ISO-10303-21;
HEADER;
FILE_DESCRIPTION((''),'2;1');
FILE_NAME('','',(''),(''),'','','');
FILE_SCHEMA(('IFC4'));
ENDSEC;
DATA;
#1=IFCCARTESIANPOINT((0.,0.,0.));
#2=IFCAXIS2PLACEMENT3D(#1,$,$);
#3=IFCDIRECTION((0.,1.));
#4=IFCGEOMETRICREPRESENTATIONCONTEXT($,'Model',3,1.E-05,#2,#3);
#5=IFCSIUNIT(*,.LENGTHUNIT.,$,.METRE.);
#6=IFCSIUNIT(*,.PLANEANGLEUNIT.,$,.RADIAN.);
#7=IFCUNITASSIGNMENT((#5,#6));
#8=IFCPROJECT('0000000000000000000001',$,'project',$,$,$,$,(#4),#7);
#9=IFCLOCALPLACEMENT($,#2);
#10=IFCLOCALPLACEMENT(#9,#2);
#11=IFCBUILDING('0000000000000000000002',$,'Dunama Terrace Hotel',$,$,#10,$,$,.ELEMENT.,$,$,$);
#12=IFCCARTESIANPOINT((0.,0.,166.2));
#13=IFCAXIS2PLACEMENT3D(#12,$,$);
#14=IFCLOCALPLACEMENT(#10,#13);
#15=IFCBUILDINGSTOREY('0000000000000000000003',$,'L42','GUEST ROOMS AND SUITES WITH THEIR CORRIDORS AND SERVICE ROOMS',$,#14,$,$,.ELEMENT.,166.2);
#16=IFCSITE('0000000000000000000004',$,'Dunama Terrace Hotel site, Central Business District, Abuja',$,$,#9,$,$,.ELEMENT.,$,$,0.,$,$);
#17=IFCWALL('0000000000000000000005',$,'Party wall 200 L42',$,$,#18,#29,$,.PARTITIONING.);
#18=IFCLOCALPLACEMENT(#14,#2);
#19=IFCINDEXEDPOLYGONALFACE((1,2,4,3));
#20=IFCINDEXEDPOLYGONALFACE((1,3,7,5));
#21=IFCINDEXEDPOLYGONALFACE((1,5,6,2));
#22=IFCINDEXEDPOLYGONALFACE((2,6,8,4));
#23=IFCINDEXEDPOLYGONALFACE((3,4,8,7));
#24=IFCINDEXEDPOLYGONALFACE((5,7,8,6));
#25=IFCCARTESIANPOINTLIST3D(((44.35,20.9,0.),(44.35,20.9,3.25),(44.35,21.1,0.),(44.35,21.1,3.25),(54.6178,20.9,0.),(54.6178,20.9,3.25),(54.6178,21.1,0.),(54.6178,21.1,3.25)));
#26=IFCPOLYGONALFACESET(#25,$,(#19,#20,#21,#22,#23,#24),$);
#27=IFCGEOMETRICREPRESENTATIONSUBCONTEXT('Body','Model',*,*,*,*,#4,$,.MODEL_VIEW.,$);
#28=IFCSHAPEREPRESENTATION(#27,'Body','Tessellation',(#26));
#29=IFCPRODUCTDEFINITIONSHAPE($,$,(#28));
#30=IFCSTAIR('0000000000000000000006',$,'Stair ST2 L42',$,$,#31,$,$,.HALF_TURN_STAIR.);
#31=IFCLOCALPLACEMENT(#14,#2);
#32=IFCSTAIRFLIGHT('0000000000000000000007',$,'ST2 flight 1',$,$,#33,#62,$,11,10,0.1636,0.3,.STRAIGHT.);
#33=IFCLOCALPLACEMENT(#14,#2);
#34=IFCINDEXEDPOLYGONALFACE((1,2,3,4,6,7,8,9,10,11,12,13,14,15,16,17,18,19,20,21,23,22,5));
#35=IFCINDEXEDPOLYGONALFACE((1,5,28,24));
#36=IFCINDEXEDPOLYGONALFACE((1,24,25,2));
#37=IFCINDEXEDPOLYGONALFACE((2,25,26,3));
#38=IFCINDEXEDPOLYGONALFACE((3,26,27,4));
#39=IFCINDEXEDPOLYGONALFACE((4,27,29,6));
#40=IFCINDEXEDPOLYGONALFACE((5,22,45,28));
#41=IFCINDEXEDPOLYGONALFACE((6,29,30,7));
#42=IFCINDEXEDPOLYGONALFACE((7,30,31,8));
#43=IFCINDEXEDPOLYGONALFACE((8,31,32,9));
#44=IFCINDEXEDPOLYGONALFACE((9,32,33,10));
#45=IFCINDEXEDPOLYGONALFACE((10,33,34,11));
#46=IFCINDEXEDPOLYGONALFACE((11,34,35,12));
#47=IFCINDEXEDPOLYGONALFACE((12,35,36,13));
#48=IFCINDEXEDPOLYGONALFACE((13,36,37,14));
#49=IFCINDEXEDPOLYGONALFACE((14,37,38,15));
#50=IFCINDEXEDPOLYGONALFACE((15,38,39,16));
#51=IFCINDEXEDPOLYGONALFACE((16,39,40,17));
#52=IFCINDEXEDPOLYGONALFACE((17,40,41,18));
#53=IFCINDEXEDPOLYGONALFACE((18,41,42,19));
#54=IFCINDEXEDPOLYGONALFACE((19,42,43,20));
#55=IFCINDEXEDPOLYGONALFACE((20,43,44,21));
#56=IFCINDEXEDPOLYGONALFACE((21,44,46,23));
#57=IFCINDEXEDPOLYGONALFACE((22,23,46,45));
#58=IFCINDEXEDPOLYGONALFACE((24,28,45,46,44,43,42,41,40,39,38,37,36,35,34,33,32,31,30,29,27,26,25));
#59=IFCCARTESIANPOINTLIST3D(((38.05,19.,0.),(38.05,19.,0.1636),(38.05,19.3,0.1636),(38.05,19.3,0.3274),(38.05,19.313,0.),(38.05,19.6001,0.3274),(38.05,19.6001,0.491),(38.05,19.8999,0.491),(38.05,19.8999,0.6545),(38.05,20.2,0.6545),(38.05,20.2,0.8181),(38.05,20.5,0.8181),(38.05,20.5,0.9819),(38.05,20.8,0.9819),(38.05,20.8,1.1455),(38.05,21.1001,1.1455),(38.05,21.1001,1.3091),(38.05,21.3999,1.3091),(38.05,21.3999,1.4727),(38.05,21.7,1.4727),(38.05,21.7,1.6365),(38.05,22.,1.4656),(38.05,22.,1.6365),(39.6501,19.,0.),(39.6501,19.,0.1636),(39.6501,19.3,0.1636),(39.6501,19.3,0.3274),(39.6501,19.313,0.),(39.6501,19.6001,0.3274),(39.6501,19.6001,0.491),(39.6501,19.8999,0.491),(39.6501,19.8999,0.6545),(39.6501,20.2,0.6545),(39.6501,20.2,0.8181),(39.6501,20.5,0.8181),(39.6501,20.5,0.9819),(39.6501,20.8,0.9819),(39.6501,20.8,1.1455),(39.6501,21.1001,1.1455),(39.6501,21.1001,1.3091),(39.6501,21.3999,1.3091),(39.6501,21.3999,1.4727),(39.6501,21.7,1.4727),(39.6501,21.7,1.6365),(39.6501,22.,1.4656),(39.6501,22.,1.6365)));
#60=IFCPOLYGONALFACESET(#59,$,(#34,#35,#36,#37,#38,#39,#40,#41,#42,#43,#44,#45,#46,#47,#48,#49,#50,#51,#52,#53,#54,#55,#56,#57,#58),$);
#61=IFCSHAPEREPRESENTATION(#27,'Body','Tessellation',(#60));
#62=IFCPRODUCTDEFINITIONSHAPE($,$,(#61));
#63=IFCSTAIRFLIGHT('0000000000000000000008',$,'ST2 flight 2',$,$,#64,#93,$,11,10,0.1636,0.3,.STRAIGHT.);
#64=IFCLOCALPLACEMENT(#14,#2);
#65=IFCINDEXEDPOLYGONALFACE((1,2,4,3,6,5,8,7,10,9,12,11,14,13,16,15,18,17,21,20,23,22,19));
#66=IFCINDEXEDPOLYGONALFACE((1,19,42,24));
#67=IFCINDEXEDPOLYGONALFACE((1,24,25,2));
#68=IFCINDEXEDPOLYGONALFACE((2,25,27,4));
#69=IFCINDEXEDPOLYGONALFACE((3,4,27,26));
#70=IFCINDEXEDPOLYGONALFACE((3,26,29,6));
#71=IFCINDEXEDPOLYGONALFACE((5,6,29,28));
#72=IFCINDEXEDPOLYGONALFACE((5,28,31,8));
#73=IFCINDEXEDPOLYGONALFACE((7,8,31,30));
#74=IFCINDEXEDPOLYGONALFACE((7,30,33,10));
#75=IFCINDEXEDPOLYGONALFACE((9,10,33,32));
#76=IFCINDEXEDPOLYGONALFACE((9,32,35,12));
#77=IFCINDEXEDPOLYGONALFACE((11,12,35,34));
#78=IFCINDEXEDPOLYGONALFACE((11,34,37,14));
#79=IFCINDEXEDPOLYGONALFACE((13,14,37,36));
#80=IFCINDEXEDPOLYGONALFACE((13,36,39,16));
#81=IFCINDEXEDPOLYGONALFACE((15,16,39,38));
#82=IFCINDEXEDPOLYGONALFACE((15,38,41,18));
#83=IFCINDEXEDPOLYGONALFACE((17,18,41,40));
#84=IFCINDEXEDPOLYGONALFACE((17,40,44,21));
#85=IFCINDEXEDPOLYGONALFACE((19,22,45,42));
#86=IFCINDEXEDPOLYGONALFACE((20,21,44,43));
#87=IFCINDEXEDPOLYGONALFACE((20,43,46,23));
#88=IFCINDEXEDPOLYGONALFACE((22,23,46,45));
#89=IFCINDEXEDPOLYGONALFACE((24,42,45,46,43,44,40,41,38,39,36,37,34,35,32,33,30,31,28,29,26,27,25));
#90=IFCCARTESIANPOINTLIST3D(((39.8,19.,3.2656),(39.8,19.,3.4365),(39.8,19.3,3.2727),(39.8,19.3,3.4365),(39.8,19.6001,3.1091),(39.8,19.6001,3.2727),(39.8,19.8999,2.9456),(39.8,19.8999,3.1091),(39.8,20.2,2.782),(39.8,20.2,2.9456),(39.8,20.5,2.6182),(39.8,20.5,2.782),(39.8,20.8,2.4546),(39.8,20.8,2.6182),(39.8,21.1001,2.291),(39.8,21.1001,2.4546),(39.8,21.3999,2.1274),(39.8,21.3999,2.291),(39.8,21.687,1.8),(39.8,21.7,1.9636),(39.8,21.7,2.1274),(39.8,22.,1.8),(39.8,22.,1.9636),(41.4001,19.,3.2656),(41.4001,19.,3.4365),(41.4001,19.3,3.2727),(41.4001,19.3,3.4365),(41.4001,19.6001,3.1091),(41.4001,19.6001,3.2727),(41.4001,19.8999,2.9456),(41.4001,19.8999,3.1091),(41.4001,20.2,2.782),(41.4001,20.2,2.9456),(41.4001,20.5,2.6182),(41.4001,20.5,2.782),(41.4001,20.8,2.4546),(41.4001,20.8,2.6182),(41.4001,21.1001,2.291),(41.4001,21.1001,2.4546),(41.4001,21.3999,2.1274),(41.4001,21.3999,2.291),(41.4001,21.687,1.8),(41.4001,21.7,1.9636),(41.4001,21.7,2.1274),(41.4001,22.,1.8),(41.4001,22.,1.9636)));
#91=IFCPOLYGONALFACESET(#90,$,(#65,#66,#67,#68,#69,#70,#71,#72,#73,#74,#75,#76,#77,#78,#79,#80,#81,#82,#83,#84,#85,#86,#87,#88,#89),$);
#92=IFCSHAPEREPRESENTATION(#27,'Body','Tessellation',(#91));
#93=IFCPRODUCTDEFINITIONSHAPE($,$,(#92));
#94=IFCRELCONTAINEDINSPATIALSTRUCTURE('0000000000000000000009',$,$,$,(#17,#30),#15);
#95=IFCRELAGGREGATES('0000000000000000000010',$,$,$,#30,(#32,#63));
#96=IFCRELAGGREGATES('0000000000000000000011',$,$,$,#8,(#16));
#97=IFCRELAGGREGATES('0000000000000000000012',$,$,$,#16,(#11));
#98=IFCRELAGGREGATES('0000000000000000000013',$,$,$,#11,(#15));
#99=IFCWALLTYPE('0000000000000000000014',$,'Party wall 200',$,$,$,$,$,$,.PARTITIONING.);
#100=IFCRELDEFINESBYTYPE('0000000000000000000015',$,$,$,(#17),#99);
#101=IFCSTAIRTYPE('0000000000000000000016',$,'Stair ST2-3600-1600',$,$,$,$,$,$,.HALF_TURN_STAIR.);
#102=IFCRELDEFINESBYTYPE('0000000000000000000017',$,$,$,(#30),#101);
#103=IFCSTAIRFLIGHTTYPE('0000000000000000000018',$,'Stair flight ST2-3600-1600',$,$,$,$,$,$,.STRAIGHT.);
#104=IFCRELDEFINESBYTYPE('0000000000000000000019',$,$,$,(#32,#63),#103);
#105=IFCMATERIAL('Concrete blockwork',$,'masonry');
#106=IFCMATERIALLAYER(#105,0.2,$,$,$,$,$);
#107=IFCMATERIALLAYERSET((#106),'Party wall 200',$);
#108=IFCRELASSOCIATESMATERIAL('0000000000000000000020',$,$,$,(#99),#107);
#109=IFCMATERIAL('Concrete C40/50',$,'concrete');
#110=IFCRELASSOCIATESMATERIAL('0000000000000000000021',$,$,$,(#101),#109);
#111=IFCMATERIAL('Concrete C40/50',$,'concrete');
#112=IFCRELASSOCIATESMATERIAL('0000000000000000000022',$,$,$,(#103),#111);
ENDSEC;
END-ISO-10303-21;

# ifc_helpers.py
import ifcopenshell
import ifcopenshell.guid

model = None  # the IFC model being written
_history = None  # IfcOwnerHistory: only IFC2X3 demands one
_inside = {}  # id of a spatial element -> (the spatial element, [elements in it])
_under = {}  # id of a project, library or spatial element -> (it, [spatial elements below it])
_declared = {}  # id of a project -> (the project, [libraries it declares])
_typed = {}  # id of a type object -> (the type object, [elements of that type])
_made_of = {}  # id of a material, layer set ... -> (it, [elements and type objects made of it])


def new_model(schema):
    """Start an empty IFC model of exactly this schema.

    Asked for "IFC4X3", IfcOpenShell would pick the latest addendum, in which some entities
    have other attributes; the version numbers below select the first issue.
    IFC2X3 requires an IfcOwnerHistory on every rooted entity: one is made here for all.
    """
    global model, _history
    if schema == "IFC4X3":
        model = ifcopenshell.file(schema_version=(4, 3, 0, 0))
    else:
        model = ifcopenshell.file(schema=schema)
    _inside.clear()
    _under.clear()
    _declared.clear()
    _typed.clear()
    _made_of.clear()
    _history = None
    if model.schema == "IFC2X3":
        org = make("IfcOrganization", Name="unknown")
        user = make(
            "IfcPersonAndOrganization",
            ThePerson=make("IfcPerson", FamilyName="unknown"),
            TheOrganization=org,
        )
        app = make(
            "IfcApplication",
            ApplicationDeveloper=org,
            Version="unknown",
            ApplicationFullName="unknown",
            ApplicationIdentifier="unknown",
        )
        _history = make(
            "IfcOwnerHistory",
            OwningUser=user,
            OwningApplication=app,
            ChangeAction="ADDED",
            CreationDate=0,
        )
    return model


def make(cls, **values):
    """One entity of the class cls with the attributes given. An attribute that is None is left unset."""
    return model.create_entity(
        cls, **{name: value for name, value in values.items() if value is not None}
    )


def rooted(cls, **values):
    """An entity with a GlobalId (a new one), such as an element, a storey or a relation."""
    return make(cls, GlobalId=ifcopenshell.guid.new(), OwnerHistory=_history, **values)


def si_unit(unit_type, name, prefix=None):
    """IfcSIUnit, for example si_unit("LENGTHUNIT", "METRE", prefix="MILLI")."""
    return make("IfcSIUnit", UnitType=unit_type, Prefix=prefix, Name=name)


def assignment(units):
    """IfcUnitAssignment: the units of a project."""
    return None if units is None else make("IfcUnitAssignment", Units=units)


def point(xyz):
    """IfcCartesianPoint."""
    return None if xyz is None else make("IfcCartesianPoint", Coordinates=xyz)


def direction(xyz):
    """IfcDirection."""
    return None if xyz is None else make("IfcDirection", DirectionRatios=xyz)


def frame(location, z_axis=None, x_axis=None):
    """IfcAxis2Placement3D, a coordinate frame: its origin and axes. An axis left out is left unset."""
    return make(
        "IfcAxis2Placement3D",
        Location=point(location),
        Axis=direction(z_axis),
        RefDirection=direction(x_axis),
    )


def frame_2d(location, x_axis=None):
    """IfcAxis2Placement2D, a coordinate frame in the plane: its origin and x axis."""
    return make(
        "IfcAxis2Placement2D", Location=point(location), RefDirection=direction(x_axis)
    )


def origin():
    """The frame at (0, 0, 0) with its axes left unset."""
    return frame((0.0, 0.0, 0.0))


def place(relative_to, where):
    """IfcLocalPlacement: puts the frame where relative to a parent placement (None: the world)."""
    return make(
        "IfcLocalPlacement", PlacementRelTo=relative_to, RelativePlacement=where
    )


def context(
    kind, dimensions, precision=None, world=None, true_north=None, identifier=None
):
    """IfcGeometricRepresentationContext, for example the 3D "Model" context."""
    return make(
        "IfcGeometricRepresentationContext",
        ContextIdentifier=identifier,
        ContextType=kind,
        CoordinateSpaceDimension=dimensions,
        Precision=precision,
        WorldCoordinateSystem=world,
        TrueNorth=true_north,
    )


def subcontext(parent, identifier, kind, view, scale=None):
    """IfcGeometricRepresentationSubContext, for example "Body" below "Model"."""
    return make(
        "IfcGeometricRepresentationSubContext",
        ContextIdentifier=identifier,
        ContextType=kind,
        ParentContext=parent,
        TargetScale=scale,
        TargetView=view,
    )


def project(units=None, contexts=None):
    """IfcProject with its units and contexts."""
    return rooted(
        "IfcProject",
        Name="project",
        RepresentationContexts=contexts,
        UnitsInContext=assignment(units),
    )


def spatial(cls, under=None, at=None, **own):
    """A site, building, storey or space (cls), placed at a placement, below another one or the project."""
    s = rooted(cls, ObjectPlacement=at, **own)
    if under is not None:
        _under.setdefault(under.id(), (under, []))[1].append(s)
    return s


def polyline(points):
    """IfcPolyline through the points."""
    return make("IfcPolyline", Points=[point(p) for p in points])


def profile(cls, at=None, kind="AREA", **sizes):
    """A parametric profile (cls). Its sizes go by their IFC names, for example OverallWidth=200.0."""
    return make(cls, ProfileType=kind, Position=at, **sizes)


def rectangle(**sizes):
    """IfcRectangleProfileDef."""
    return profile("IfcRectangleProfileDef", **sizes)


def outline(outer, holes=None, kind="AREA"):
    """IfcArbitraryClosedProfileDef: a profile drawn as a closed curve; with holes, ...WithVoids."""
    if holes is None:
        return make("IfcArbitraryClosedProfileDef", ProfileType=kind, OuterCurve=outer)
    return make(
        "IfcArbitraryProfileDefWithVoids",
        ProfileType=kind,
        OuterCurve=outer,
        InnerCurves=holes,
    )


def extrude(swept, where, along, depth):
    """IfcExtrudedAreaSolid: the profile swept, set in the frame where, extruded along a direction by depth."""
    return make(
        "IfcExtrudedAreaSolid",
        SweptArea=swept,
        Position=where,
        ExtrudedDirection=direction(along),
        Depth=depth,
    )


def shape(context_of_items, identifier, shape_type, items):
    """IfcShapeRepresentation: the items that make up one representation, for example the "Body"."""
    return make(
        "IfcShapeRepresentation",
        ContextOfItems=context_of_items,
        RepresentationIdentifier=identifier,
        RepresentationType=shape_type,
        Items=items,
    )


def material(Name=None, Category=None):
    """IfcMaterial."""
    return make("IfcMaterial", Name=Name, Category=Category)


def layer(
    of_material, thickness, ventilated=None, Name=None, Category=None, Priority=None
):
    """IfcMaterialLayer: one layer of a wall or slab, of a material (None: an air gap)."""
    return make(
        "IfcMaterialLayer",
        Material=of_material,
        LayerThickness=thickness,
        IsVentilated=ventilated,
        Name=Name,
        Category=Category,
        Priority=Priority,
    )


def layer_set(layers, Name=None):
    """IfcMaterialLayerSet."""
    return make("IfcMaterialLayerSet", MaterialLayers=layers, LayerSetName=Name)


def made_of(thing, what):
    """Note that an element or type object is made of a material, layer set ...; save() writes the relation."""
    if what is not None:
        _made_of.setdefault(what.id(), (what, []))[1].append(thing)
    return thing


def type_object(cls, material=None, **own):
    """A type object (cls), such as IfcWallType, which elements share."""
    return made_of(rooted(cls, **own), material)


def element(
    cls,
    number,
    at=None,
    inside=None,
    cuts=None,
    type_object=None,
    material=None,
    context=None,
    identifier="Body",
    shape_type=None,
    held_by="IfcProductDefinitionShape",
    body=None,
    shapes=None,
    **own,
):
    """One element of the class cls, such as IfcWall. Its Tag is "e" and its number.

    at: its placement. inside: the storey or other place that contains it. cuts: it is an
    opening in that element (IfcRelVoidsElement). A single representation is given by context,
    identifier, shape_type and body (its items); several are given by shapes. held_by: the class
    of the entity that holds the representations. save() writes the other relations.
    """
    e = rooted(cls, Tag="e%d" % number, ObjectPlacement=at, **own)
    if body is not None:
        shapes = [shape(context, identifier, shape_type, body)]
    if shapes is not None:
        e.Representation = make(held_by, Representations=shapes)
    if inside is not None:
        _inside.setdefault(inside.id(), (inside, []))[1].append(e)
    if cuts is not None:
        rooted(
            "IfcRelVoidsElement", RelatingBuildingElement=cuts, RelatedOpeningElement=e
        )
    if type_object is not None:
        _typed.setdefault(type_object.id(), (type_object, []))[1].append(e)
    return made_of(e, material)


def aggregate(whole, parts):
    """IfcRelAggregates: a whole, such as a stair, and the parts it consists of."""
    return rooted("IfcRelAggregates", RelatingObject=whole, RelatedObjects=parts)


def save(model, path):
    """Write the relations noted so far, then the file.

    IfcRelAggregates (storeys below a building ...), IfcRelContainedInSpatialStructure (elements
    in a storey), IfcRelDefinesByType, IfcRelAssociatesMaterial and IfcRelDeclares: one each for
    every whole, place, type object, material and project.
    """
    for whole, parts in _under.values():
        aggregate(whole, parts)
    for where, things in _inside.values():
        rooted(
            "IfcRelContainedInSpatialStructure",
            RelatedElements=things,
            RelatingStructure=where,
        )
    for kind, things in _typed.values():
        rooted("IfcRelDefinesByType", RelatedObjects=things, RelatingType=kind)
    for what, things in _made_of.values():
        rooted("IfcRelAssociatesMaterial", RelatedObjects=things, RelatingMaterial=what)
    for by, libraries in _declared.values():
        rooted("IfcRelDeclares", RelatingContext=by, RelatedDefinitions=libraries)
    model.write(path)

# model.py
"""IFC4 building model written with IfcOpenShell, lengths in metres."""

from ifc_helpers import new_model, si_unit, direction, frame, frame_2d, origin, place, context, subcontext, project, spatial, polyline, rectangle, outline, extrude, material, layer, layer_set, type_object, element, aggregate, save


model = new_model("IFC4")

# Units and contexts
model_context = context("Model", 3, precision=1e-05, world=origin(), true_north=direction((0.0, 1.0)))
body_context = subcontext(model_context, "Body", "Model", "MODEL_VIEW")
ifc_project = project(units=[si_unit("LENGTHUNIT", "METRE"), si_unit("PLANEANGLEUNIT", "RADIAN")], contexts=[model_context])

# Site, building, storey
site_placement = place(None, origin())
site = spatial("IfcSite", under=ifc_project, at=site_placement, Name="Dunama Terrace Hotel site, Central Business District, Abuja", CompositionType="ELEMENT", RefElevation=0.0)
building_placement = place(site_placement, origin())
building = spatial("IfcBuilding", under=site, at=building_placement, Name="Dunama Terrace Hotel", CompositionType="ELEMENT")
storey_placement = place(building_placement, frame((0.0, 0.0, 166.2)))
storey = spatial("IfcBuildingStorey", under=building, at=storey_placement, Name="L42", Description="GUEST ROOMS AND SUITES WITH THEIR CORRIDORS AND SERVICE ROOMS", CompositionType="ELEMENT", Elevation=166.2)

# Wall
ifc_material_1 = material(Name="Concrete blockwork", Category="masonry")
ifc_layer_1 = layer(ifc_material_1, 0.2)
ifc_layer_set_1 = layer_set([ifc_layer_1], Name="Party wall 200")
wall_type_1 = type_object("IfcWallType", Name="Party wall 200", PredefinedType="PARTITIONING", material=ifc_layer_set_1)
for number, where, z_axis, x_axis, name in (
    (1, (44.3501, 21.0, 0.0), (0.0, 0.0, 1.0), (1.0, 0.0, 0.0), "Party wall 200 L42"),
):
    element("IfcWall", number, at=place(storey_placement, frame(where, z_axis=z_axis, x_axis=x_axis)), inside=storey, type_object=wall_type_1, Name=name, PredefinedType="PARTITIONING", context=body_context, shape_type="SweptSolid", body=[
        extrude(rectangle(XDim=10.2678, YDim=0.2, at=frame_2d((5.1338, 0.0))), origin(), (0.0, 0.0, 1.0), 3.25),
    ])

# Stair, stair flights
ifc_material_2 = material(Name="Concrete C40/50", Category="concrete")
stair_type = type_object("IfcStairType", Name="Stair ST2-3600-1600", PredefinedType="HALF_TURN_STAIR", material=ifc_material_2)
stair_placement = place(storey_placement, origin())
stair = element("IfcStair", 2, at=stair_placement, inside=storey, type_object=stair_type, Name="Stair ST2 L42", PredefinedType="HALF_TURN_STAIR")
ifc_material_3 = material(Name="Concrete C40/50", Category="concrete")
stair_flight_type = type_object("IfcStairFlightType", Name="Stair flight ST2-3600-1600", PredefinedType="STRAIGHT", material=ifc_material_3)
stair_flight_1_placement = place(storey_placement, frame((38.8501, 19.0, 0.0), z_axis=(0.0, 0.0, 1.0), x_axis=(0.0, 1.0, 0.0)))
stair_flight_1 = element("IfcStairFlight", 3, at=stair_flight_1_placement, type_object=stair_flight_type, Name="ST2 flight 1", NumberOfRisers=11, NumberOfTreads=10, PredefinedType="STRAIGHT", RiserHeight=0.1636, TreadLength=0.3, context=body_context, shape_type="SweptSolid", body=[
    extrude(outline(polyline([(0.0, 0.0), (0.0, 0.1636), (0.3, 0.1636), (0.3, 0.3274), (0.6001, 0.3274), (0.6001, 0.491), (0.8999, 0.491), (0.8999, 0.6545), (1.2, 0.6545), (1.2, 0.8181), (1.5, 0.8181), (1.5, 0.9819), (1.8, 0.9819), (1.8, 1.1455), (2.1001, 1.1455), (2.1001, 1.3091), (2.3999, 1.3091), (2.3999, 1.4727), (2.7, 1.4727), (2.7, 1.6365), (3.0, 1.6365), (3.0, 1.8), (3.0, 1.4656), (0.313, 0.0), (0.0, 0.0)])), frame((0.0, 0.8, 0.0), z_axis=(0.0, -1.0, 0.0), x_axis=(1.0, 0.0, 0.0)), (0.0, 0.0, 1.0), 1.6001),
])
stair_flight_2_placement = place(storey_placement, frame((40.6001, 22.0, 1.8), z_axis=(0.0, 0.0, 1.0), x_axis=(0.0, -1.0, 0.0)))
stair_flight_2 = element("IfcStairFlight", 4, at=stair_flight_2_placement, type_object=stair_flight_type, Name="ST2 flight 2", NumberOfRisers=11, NumberOfTreads=10, PredefinedType="STRAIGHT", RiserHeight=0.1636, TreadLength=0.3, context=body_context, shape_type="SweptSolid", body=[
    extrude(outline(polyline([(0.0, 0.0), (0.0, 0.1636), (0.3, 0.1636), (0.3, 0.3274), (0.6001, 0.3274), (0.6001, 0.491), (0.8999, 0.491), (0.8999, 0.6545), (1.2, 0.6545), (1.2, 0.8181), (1.5, 0.8181), (1.5, 0.9819), (1.8, 0.9819), (1.8, 1.1455), (2.1001, 1.1455), (2.1001, 1.3091), (2.3999, 1.3091), (2.3999, 1.4727), (2.7, 1.4727), (2.7, 1.6365), (3.0, 1.6365), (3.0, 1.8), (3.0, 1.4656), (0.313, 0.0), (0.0, 0.0)])), frame((0.0, 0.8, 0.0), z_axis=(0.0, -1.0, 0.0), x_axis=(1.0, 0.0, 0.0)), (0.0, 0.0, 1.0), 1.6001),
])
aggregate(stair, [stair_flight_1, stair_flight_2])

save(model, "model.ifc")
